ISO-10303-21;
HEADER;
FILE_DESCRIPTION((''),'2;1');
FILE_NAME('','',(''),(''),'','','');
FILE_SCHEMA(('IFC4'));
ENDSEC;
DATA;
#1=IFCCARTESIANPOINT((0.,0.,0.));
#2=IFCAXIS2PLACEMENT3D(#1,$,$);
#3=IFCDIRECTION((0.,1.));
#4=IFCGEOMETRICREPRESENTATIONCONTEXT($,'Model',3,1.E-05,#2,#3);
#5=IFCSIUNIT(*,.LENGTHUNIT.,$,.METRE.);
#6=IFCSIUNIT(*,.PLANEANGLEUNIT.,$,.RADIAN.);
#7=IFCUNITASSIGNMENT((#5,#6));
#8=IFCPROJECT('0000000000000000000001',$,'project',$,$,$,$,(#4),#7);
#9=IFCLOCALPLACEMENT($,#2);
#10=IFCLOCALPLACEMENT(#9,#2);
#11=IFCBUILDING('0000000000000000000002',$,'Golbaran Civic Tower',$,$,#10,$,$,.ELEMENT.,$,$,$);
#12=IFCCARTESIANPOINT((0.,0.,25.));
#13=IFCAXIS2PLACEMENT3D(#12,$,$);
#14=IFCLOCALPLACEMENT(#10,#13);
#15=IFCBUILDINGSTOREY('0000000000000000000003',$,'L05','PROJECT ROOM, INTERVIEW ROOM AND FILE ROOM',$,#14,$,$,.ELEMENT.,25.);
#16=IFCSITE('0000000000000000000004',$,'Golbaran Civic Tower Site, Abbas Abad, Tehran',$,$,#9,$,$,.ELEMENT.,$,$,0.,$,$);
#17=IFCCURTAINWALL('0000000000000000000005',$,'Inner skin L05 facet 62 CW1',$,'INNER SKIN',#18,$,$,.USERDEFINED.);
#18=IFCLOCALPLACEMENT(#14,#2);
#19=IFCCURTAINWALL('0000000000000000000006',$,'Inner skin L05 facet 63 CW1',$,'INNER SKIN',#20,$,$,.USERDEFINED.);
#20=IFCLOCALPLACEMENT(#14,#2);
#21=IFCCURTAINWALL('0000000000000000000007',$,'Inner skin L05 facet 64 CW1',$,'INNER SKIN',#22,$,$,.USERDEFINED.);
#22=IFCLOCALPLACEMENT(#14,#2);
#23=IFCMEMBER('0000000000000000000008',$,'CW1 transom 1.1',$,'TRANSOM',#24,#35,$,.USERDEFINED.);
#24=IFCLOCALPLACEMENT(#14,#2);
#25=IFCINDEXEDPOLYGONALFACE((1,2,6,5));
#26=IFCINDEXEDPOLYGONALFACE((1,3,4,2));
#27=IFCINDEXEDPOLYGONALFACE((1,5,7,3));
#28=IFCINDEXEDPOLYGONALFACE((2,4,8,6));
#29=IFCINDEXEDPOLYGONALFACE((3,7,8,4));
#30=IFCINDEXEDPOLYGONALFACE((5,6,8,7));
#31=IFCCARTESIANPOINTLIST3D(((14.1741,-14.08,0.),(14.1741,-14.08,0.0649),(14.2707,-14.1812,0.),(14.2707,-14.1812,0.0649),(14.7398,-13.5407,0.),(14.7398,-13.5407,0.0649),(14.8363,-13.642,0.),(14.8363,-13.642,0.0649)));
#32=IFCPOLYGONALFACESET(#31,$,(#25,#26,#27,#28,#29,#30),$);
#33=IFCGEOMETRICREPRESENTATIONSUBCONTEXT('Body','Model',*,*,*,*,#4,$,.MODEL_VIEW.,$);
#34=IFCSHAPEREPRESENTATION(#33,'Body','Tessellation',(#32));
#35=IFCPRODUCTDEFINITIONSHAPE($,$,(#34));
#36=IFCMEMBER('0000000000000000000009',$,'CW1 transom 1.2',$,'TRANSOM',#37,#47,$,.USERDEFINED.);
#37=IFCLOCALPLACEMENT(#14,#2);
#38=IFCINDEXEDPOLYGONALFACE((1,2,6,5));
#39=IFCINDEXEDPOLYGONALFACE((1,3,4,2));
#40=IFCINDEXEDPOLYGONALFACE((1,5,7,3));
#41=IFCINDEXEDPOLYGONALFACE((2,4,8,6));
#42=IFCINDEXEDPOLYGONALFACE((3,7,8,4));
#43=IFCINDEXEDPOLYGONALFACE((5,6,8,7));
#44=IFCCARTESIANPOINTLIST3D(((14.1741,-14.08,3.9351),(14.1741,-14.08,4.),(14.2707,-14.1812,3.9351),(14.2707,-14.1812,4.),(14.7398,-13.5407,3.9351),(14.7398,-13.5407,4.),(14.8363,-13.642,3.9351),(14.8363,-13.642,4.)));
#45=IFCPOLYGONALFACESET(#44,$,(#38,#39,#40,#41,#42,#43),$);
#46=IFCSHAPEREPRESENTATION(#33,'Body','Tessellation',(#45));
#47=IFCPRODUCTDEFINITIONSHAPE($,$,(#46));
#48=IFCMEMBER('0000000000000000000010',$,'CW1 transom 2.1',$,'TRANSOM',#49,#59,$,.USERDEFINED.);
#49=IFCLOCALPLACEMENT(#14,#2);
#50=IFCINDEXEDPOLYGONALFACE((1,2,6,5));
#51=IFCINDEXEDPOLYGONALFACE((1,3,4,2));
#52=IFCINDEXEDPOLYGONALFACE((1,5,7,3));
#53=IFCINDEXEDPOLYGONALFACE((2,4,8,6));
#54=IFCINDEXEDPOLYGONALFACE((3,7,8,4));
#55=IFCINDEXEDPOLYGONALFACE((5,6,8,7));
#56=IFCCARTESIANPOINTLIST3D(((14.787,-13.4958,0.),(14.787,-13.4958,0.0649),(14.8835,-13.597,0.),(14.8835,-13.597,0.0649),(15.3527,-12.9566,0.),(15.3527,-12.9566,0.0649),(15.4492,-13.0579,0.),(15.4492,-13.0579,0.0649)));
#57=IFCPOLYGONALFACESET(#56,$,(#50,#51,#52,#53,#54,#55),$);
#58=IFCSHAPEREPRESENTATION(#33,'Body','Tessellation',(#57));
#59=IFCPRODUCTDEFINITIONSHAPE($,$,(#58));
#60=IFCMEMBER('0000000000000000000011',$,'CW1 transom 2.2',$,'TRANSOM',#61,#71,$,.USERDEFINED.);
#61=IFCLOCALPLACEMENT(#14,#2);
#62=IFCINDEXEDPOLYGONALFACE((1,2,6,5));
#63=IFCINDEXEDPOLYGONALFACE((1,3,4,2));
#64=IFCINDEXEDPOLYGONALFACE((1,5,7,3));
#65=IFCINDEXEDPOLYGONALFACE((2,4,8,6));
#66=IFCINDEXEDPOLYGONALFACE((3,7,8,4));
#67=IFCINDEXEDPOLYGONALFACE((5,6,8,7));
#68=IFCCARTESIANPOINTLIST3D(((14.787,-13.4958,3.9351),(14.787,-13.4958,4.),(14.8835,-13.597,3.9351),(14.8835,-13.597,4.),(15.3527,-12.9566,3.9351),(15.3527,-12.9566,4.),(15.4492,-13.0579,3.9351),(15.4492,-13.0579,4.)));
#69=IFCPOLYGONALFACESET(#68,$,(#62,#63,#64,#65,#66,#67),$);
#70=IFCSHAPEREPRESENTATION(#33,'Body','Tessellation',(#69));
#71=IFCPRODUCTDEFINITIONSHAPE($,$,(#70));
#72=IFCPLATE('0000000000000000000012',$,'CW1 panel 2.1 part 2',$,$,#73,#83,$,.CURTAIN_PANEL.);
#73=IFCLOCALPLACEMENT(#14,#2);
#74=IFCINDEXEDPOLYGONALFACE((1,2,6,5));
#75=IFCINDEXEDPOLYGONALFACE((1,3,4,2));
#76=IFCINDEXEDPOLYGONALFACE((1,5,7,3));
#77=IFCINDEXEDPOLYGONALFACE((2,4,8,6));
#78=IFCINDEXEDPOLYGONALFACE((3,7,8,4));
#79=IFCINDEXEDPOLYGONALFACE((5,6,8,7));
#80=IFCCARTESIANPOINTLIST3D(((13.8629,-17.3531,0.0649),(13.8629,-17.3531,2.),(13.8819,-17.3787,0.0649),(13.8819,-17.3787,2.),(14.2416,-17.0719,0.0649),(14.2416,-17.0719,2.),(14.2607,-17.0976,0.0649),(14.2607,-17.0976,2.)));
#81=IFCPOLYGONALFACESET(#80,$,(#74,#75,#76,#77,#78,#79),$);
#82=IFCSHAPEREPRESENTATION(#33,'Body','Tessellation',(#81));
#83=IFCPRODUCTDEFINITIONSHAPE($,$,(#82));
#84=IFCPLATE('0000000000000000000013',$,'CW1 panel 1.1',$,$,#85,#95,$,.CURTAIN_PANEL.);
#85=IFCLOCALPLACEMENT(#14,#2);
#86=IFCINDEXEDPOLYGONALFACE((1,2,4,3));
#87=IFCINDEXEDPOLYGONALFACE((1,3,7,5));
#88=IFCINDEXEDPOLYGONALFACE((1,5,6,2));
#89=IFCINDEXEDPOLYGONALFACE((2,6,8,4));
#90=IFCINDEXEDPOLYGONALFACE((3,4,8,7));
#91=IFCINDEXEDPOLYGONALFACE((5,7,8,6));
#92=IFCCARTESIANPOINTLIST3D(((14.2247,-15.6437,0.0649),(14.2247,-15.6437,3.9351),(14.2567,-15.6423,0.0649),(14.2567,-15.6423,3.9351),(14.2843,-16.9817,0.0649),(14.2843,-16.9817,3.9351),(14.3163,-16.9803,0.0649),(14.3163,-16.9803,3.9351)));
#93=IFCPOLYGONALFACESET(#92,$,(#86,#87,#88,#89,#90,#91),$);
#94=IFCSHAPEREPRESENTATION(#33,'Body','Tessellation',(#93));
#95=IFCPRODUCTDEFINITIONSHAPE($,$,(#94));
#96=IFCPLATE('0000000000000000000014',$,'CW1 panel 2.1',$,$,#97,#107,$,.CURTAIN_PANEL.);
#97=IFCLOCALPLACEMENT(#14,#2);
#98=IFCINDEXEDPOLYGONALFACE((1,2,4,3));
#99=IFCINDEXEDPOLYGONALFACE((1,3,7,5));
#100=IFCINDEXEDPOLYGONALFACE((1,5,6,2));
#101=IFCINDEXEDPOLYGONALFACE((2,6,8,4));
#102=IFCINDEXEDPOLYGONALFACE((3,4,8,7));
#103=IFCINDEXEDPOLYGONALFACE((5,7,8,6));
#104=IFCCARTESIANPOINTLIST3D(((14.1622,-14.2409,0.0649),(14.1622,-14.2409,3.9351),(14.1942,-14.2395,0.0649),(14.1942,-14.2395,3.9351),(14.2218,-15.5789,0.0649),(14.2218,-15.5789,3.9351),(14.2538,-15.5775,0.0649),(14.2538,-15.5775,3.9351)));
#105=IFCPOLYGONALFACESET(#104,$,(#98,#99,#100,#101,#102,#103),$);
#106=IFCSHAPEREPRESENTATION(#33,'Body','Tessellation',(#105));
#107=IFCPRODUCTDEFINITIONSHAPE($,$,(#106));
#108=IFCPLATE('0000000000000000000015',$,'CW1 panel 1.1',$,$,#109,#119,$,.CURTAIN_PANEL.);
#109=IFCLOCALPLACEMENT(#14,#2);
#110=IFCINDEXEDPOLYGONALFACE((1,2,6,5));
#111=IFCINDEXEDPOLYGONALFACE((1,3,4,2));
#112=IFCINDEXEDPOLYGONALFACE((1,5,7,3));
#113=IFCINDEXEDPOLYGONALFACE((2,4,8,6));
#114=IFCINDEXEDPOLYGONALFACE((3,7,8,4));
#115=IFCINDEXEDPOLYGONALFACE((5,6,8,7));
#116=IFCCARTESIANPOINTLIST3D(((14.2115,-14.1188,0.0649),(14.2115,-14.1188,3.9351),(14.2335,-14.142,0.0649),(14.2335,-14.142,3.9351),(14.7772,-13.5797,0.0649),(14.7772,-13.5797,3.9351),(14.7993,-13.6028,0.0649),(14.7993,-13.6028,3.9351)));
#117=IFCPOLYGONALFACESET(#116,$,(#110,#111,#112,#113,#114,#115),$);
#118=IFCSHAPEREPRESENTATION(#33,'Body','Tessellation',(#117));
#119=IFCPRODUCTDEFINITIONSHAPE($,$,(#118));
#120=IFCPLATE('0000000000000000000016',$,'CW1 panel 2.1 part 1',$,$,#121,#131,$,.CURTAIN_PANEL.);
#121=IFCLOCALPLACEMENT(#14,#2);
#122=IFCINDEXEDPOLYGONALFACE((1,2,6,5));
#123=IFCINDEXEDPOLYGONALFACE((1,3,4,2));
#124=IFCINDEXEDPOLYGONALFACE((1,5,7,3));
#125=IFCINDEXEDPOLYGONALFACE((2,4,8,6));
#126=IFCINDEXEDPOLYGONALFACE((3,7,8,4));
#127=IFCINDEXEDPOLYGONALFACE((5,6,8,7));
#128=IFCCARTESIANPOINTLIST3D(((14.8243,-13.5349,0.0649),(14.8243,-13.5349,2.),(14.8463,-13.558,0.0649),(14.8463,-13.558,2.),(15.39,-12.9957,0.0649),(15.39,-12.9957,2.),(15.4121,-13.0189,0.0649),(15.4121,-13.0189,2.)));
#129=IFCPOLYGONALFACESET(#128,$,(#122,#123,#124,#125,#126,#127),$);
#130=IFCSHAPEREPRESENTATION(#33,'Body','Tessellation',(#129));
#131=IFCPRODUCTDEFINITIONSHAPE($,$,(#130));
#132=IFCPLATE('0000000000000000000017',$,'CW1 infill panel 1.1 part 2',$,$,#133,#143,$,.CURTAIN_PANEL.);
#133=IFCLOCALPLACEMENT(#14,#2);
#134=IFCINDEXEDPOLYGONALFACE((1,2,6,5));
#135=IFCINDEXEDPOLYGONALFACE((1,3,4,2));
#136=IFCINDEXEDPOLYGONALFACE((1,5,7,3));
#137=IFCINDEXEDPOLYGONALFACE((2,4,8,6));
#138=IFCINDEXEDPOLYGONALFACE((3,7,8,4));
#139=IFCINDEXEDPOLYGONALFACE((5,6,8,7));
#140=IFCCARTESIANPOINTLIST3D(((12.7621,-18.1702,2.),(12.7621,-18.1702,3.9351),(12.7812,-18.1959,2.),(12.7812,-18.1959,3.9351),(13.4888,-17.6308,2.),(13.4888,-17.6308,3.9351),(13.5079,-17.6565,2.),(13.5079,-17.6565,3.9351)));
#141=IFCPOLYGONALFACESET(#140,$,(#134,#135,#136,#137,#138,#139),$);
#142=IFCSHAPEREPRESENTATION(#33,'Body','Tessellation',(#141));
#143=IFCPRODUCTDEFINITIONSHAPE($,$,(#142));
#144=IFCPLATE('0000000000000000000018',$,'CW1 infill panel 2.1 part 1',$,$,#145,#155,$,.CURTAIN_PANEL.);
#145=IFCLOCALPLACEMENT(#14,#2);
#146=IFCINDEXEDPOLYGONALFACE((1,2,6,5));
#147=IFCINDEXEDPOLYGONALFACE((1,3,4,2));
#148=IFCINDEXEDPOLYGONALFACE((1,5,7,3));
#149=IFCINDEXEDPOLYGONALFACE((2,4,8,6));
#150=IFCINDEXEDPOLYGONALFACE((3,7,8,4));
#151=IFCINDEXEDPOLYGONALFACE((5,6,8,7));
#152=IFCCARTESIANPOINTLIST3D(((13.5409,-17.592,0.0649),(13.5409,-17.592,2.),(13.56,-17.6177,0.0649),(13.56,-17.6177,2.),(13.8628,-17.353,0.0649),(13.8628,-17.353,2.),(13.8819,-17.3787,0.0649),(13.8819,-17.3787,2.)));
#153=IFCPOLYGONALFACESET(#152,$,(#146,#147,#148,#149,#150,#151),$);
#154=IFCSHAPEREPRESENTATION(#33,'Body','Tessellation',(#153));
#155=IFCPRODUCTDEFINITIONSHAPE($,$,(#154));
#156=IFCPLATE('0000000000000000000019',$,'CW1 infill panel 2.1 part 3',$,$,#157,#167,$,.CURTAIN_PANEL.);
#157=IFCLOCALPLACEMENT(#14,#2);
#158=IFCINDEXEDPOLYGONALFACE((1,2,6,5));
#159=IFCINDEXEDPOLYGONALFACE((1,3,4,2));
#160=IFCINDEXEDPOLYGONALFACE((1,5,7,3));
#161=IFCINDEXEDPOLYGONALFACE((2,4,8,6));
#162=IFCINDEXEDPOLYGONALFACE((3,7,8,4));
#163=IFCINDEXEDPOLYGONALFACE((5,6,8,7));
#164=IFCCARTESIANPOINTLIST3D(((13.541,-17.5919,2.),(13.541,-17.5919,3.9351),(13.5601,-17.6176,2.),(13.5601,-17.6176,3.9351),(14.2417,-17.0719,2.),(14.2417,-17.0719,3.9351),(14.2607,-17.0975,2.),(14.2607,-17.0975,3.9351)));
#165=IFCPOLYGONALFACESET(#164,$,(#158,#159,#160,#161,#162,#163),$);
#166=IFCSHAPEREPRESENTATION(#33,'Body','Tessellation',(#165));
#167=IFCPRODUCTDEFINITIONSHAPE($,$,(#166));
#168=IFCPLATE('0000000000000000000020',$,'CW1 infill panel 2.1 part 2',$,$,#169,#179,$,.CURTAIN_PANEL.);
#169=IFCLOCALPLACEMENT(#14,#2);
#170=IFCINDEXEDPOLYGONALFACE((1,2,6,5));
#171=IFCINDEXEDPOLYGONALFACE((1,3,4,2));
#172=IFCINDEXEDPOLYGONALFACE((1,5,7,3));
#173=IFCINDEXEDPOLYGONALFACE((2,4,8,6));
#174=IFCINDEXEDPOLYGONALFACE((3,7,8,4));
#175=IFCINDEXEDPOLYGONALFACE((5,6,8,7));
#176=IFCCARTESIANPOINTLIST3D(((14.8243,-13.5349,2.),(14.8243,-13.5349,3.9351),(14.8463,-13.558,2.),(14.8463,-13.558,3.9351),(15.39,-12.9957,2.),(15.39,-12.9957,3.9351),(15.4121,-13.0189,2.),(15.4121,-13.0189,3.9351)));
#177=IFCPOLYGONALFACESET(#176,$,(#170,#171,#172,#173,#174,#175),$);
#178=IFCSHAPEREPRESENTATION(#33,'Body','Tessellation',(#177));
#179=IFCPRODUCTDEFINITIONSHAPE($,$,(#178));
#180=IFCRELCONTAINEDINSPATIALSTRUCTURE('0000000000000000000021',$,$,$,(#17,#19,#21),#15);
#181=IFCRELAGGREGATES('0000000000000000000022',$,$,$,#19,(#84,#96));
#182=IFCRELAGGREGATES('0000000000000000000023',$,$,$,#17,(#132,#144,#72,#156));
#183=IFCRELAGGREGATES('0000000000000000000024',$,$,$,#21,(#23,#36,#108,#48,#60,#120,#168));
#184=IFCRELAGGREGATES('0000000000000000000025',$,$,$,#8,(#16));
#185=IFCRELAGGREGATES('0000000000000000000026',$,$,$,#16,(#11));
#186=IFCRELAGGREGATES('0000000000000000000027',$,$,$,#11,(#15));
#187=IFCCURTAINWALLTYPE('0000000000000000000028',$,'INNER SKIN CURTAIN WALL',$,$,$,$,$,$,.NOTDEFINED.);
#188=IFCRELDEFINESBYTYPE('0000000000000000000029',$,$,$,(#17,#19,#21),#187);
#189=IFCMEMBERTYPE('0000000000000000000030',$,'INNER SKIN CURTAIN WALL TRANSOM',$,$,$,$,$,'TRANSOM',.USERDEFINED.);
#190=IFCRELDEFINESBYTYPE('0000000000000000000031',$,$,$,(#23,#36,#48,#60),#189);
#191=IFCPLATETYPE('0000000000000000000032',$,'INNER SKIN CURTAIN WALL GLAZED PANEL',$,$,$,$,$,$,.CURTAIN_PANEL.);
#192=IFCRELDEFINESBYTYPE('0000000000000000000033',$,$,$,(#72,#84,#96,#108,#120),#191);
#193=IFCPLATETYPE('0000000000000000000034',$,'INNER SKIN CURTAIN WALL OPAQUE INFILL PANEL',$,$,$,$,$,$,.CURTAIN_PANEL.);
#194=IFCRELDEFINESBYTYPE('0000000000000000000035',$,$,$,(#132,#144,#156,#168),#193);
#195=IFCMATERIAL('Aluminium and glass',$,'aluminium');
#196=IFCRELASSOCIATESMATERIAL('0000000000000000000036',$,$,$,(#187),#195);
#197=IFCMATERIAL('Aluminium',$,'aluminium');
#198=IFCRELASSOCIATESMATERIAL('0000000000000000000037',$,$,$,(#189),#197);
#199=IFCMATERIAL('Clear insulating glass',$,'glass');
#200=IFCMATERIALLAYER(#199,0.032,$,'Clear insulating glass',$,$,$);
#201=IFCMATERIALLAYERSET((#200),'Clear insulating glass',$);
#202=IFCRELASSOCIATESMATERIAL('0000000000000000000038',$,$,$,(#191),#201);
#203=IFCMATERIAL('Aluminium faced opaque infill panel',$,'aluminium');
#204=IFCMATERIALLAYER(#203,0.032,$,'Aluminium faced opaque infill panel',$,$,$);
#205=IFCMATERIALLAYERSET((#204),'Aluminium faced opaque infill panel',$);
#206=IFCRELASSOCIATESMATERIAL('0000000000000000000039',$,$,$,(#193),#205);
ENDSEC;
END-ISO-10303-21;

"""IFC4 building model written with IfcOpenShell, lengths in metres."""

from ifc_helpers import new_model, si_unit, direction, frame, origin, origin_2d, place, context, subcontext, project, spatial, rectangle, extrude, material, layer, layer_set, material_profile, profile_set, type_object, element, aggregate, save


model = new_model("IFC4")

# Units and contexts
model_context = context("Model", 3, precision=1e-05, world=origin(), true_north=direction((0.0, 1.0)))
body_context = subcontext(model_context, "Body", "Model", "MODEL_VIEW")
ifc_project = project(units=[si_unit("LENGTHUNIT", "METRE"), si_unit("PLANEANGLEUNIT", "RADIAN")], contexts=[model_context])

# Site, building, storey
site_placement = place(None, origin())
site = spatial("IfcSite", under=ifc_project, at=site_placement, Name="Golbaran Civic Tower Site, Abbas Abad, Tehran", CompositionType="ELEMENT", RefElevation=0.0)
building_placement = place(site_placement, origin())
building = spatial("IfcBuilding", under=site, at=building_placement, Name="Golbaran Civic Tower", CompositionType="ELEMENT")
storey_placement = place(building_placement, frame((0.0, 0.0, 25.0)))
storey = spatial("IfcBuildingStorey", under=building, at=storey_placement, Name="L05", Description="PROJECT ROOM, INTERVIEW ROOM AND FILE ROOM", CompositionType="ELEMENT", Elevation=25.0)

# Curtain walls
ifc_material_1 = material(Name="Aluminium and glass", Category="aluminium")
curtain_wall_type = type_object("IfcCurtainWallType", Name="INNER SKIN CURTAIN WALL", PredefinedType="NOTDEFINED", material=ifc_material_1)
curtain_wall_1_placement = place(storey_placement, origin())
curtain_wall_1 = element("IfcCurtainWall", 1, at=curtain_wall_1_placement, inside=storey, type_object=curtain_wall_type, Name="Inner skin L05 facet 62 CW1", ObjectType="INNER SKIN", PredefinedType="USERDEFINED")
ifc_material_2 = material(Name="Aluminium", Category="aluminium")
curtain_wall_2_placement = place(storey_placement, origin())
curtain_wall_2 = element("IfcCurtainWall", 2, at=curtain_wall_2_placement, inside=storey, type_object=curtain_wall_type, Name="Inner skin L05 facet 63 CW1", ObjectType="INNER SKIN", PredefinedType="USERDEFINED")
curtain_wall_3_placement = place(storey_placement, origin())
curtain_wall_3 = element("IfcCurtainWall", 3, at=curtain_wall_3_placement, inside=storey, type_object=curtain_wall_type, Name="Inner skin L05 facet 64 CW1", ObjectType="INNER SKIN", PredefinedType="USERDEFINED")

# Members
ifc_material_profile_1 = material_profile(ifc_material_2, rectangle(XDim=0.1399, YDim=0.0649, at=origin_2d()), Name="INNER SKIN CURTAIN WALL TRANSOM")
ifc_profile_set_1 = profile_set([ifc_material_profile_1], Name="Aluminium")
member_type_1 = type_object("IfcMemberType", Name="INNER SKIN CURTAIN WALL TRANSOM", ElementType="TRANSOM", PredefinedType="USERDEFINED", material=ifc_profile_set_1)
member_1_placement = place(storey_placement, frame((14.2224, -14.1306, 0.0325), z_axis=(0.723774, 0.690037, 0.0), x_axis=(-0.690037, 0.723774, 0.0)))
member_1 = element("IfcMember", 4, at=member_1_placement, type_object=member_type_1, Name="CW1 transom 1.1", ObjectType="TRANSOM", PredefinedType="USERDEFINED", context=body_context, shape_type="SweptSolid", body=[
    extrude(rectangle(XDim=0.1399, YDim=0.0649, at=origin_2d()), origin(), (0.0, 0.0, 1.0), 0.7815),
])
member_2_placement = place(storey_placement, frame((14.2224, -14.1306, 3.9675), z_axis=(0.723774, 0.690037, 0.0), x_axis=(-0.690037, 0.723774, 0.0)))
member_2 = element("IfcMember", 5, at=member_2_placement, type_object=member_type_1, Name="CW1 transom 1.2", ObjectType="TRANSOM", PredefinedType="USERDEFINED", context=body_context, shape_type="SweptSolid", body=[
    extrude(rectangle(XDim=0.1399, YDim=0.0649, at=origin_2d()), origin(), (0.0, 0.0, 1.0), 0.7815),
])
member_3_placement = place(storey_placement, frame((14.8352, -13.5464, 0.0325), z_axis=(0.72393, 0.689874, 0.0), x_axis=(-0.689874, 0.72393, 0.0)))
member_3 = element("IfcMember", 6, at=member_3_placement, type_object=member_type_1, Name="CW1 transom 2.1", ObjectType="TRANSOM", PredefinedType="USERDEFINED", context=body_context, shape_type="SweptSolid", body=[
    extrude(rectangle(XDim=0.1399, YDim=0.0649, at=origin_2d()), origin(), (0.0, 0.0, 1.0), 0.7815),
])
member_4_placement = place(storey_placement, frame((14.8352, -13.5464, 3.9675), z_axis=(0.72393, 0.689874, 0.0), x_axis=(-0.689874, 0.72393, 0.0)))
member_4 = element("IfcMember", 7, at=member_4_placement, type_object=member_type_1, Name="CW1 transom 2.2", ObjectType="TRANSOM", PredefinedType="USERDEFINED", context=body_context, shape_type="SweptSolid", body=[
    extrude(rectangle(XDim=0.1399, YDim=0.0649, at=origin_2d()), origin(), (0.0, 0.0, 1.0), 0.7815),
])

# Plates
ifc_material_3 = material(Name="Clear insulating glass", Category="glass")
ifc_layer_1 = layer(ifc_material_3, 0.032, Name="Clear insulating glass")
ifc_layer_set_1 = layer_set([ifc_layer_1], Name="Clear insulating glass")
plate_type_1 = type_object("IfcPlateType", Name="INNER SKIN CURTAIN WALL GLAZED PANEL", PredefinedType="CURTAIN_PANEL", material=ifc_layer_set_1)
plate_1_placement = place(storey_placement, frame((14.0618, -17.2253, 0.0649), z_axis=(0.0, 0.0, 1.0), x_axis=(0.80297, 0.596019, 0.0)))
plate_1 = element("IfcPlate", 8, at=plate_1_placement, type_object=plate_type_1, Name="CW1 panel 2.1 part 2", PredefinedType="CURTAIN_PANEL", context=body_context, shape_type="SweptSolid", body=[
    extrude(rectangle(XDim=0.4717, YDim=0.032, at=origin_2d()), origin(), (0.0, 0.0, 1.0), 1.9351),
])
plate_2_placement = place(storey_placement, frame((14.2705, -16.312, 0.0649), z_axis=(0.0, 0.0, 1.0), x_axis=(-0.044524, 0.999008, 0.0)))
plate_2 = element("IfcPlate", 9, at=plate_2_placement, type_object=plate_type_1, Name="CW1 panel 1.1", PredefinedType="CURTAIN_PANEL", context=body_context, shape_type="SweptSolid", body=[
    extrude(rectangle(XDim=1.3394, YDim=0.032, at=origin_2d()), origin(), (0.0, 0.0, 1.0), 3.8701),
])
plate_3_placement = place(storey_placement, frame((14.208, -14.9092, 0.0649), z_axis=(0.0, 0.0, 1.0), x_axis=(-0.044524, 0.999008, 0.0)))
plate_3 = element("IfcPlate", 10, at=plate_3_placement, type_object=plate_type_1, Name="CW1 panel 2.1", PredefinedType="CURTAIN_PANEL", context=body_context, shape_type="SweptSolid", body=[
    extrude(rectangle(XDim=1.3394, YDim=0.032, at=origin_2d()), origin(), (0.0, 0.0, 1.0), 3.8701),
])
aggregate(curtain_wall_2, [plate_2, plate_3])
plate_4_placement = place(storey_placement, frame((14.5054, -13.8608, 0.0649), z_axis=(0.0, 0.0, 1.0), x_axis=(0.7239, 0.689904, 0.0)))
plate_4 = element("IfcPlate", 11, at=plate_4_placement, type_object=plate_type_1, Name="CW1 panel 1.1", PredefinedType="CURTAIN_PANEL", context=body_context, shape_type="SweptSolid", body=[
    extrude(rectangle(XDim=0.7815, YDim=0.032, at=origin_2d()), origin(), (0.0, 0.0, 1.0), 3.8701),
])
plate_5_placement = place(storey_placement, frame((15.1182, -13.2769, 0.0649), z_axis=(0.0, 0.0, 1.0), x_axis=(0.7239, 0.689904, 0.0)))
plate_5 = element("IfcPlate", 12, at=plate_5_placement, type_object=plate_type_1, Name="CW1 panel 2.1 part 1", PredefinedType="CURTAIN_PANEL", context=body_context, shape_type="SweptSolid", body=[
    extrude(rectangle(XDim=0.7815, YDim=0.032, at=origin_2d()), origin(), (0.0, 0.0, 1.0), 1.9351),
])
ifc_material_4 = material(Name="Aluminium faced opaque infill panel", Category="aluminium")
ifc_layer_2 = layer(ifc_material_4, 0.032, Name="Aluminium faced opaque infill panel")
ifc_layer_set_2 = layer_set([ifc_layer_2], Name="Aluminium faced opaque infill panel")
plate_type_2 = type_object("IfcPlateType", Name="INNER SKIN CURTAIN WALL OPAQUE INFILL PANEL", PredefinedType="CURTAIN_PANEL", material=ifc_layer_set_2)
plate_6_placement = place(storey_placement, frame((13.135, -17.9133, 2.0), z_axis=(0.0, 0.0, 1.0), x_axis=(0.80297, 0.596019, 0.0)))
plate_6 = element("IfcPlate", 13, at=plate_6_placement, type_object=plate_type_2, Name="CW1 infill panel 1.1 part 2", PredefinedType="CURTAIN_PANEL", context=body_context, shape_type="SweptSolid", body=[
    extrude(rectangle(XDim=0.905, YDim=0.032, at=origin_2d()), origin(), (0.0, 0.0, 1.0), 1.9351),
])
plate_7_placement = place(storey_placement, frame((13.7114, -17.4854, 0.0649), z_axis=(0.0, 0.0, 1.0), x_axis=(0.80297, 0.596019, 0.0)))
plate_7 = element("IfcPlate", 14, at=plate_7_placement, type_object=plate_type_2, Name="CW1 infill panel 2.1 part 1", PredefinedType="CURTAIN_PANEL", context=body_context, shape_type="SweptSolid", body=[
    extrude(rectangle(XDim=0.4009, YDim=0.032, at=origin_2d()), origin(), (0.0, 0.0, 1.0), 1.9351),
])
plate_8_placement = place(storey_placement, frame((13.9009, -17.3447, 2.0), z_axis=(0.0, 0.0, 1.0), x_axis=(0.80297, 0.596019, 0.0)))
plate_8 = element("IfcPlate", 15, at=plate_8_placement, type_object=plate_type_2, Name="CW1 infill panel 2.1 part 3", PredefinedType="CURTAIN_PANEL", context=body_context, shape_type="SweptSolid", body=[
    extrude(rectangle(XDim=0.8726, YDim=0.032, at=origin_2d()), origin(), (0.0, 0.0, 1.0), 1.9351),
])
aggregate(curtain_wall_1, [plate_6, plate_7, plate_1, plate_8])
plate_9_placement = place(storey_placement, frame((15.1182, -13.2769, 2.0), z_axis=(0.0, 0.0, 1.0), x_axis=(0.7239, 0.689904, 0.0)))
plate_9 = element("IfcPlate", 16, at=plate_9_placement, type_object=plate_type_2, Name="CW1 infill panel 2.1 part 2", PredefinedType="CURTAIN_PANEL", context=body_context, shape_type="SweptSolid", body=[
    extrude(rectangle(XDim=0.7815, YDim=0.032, at=origin_2d()), origin(), (0.0, 0.0, 1.0), 1.9351),
])
aggregate(curtain_wall_3, [member_1, member_2, plate_4, member_3, member_4, plate_5, plate_9])

save(model, "model.ifc")
